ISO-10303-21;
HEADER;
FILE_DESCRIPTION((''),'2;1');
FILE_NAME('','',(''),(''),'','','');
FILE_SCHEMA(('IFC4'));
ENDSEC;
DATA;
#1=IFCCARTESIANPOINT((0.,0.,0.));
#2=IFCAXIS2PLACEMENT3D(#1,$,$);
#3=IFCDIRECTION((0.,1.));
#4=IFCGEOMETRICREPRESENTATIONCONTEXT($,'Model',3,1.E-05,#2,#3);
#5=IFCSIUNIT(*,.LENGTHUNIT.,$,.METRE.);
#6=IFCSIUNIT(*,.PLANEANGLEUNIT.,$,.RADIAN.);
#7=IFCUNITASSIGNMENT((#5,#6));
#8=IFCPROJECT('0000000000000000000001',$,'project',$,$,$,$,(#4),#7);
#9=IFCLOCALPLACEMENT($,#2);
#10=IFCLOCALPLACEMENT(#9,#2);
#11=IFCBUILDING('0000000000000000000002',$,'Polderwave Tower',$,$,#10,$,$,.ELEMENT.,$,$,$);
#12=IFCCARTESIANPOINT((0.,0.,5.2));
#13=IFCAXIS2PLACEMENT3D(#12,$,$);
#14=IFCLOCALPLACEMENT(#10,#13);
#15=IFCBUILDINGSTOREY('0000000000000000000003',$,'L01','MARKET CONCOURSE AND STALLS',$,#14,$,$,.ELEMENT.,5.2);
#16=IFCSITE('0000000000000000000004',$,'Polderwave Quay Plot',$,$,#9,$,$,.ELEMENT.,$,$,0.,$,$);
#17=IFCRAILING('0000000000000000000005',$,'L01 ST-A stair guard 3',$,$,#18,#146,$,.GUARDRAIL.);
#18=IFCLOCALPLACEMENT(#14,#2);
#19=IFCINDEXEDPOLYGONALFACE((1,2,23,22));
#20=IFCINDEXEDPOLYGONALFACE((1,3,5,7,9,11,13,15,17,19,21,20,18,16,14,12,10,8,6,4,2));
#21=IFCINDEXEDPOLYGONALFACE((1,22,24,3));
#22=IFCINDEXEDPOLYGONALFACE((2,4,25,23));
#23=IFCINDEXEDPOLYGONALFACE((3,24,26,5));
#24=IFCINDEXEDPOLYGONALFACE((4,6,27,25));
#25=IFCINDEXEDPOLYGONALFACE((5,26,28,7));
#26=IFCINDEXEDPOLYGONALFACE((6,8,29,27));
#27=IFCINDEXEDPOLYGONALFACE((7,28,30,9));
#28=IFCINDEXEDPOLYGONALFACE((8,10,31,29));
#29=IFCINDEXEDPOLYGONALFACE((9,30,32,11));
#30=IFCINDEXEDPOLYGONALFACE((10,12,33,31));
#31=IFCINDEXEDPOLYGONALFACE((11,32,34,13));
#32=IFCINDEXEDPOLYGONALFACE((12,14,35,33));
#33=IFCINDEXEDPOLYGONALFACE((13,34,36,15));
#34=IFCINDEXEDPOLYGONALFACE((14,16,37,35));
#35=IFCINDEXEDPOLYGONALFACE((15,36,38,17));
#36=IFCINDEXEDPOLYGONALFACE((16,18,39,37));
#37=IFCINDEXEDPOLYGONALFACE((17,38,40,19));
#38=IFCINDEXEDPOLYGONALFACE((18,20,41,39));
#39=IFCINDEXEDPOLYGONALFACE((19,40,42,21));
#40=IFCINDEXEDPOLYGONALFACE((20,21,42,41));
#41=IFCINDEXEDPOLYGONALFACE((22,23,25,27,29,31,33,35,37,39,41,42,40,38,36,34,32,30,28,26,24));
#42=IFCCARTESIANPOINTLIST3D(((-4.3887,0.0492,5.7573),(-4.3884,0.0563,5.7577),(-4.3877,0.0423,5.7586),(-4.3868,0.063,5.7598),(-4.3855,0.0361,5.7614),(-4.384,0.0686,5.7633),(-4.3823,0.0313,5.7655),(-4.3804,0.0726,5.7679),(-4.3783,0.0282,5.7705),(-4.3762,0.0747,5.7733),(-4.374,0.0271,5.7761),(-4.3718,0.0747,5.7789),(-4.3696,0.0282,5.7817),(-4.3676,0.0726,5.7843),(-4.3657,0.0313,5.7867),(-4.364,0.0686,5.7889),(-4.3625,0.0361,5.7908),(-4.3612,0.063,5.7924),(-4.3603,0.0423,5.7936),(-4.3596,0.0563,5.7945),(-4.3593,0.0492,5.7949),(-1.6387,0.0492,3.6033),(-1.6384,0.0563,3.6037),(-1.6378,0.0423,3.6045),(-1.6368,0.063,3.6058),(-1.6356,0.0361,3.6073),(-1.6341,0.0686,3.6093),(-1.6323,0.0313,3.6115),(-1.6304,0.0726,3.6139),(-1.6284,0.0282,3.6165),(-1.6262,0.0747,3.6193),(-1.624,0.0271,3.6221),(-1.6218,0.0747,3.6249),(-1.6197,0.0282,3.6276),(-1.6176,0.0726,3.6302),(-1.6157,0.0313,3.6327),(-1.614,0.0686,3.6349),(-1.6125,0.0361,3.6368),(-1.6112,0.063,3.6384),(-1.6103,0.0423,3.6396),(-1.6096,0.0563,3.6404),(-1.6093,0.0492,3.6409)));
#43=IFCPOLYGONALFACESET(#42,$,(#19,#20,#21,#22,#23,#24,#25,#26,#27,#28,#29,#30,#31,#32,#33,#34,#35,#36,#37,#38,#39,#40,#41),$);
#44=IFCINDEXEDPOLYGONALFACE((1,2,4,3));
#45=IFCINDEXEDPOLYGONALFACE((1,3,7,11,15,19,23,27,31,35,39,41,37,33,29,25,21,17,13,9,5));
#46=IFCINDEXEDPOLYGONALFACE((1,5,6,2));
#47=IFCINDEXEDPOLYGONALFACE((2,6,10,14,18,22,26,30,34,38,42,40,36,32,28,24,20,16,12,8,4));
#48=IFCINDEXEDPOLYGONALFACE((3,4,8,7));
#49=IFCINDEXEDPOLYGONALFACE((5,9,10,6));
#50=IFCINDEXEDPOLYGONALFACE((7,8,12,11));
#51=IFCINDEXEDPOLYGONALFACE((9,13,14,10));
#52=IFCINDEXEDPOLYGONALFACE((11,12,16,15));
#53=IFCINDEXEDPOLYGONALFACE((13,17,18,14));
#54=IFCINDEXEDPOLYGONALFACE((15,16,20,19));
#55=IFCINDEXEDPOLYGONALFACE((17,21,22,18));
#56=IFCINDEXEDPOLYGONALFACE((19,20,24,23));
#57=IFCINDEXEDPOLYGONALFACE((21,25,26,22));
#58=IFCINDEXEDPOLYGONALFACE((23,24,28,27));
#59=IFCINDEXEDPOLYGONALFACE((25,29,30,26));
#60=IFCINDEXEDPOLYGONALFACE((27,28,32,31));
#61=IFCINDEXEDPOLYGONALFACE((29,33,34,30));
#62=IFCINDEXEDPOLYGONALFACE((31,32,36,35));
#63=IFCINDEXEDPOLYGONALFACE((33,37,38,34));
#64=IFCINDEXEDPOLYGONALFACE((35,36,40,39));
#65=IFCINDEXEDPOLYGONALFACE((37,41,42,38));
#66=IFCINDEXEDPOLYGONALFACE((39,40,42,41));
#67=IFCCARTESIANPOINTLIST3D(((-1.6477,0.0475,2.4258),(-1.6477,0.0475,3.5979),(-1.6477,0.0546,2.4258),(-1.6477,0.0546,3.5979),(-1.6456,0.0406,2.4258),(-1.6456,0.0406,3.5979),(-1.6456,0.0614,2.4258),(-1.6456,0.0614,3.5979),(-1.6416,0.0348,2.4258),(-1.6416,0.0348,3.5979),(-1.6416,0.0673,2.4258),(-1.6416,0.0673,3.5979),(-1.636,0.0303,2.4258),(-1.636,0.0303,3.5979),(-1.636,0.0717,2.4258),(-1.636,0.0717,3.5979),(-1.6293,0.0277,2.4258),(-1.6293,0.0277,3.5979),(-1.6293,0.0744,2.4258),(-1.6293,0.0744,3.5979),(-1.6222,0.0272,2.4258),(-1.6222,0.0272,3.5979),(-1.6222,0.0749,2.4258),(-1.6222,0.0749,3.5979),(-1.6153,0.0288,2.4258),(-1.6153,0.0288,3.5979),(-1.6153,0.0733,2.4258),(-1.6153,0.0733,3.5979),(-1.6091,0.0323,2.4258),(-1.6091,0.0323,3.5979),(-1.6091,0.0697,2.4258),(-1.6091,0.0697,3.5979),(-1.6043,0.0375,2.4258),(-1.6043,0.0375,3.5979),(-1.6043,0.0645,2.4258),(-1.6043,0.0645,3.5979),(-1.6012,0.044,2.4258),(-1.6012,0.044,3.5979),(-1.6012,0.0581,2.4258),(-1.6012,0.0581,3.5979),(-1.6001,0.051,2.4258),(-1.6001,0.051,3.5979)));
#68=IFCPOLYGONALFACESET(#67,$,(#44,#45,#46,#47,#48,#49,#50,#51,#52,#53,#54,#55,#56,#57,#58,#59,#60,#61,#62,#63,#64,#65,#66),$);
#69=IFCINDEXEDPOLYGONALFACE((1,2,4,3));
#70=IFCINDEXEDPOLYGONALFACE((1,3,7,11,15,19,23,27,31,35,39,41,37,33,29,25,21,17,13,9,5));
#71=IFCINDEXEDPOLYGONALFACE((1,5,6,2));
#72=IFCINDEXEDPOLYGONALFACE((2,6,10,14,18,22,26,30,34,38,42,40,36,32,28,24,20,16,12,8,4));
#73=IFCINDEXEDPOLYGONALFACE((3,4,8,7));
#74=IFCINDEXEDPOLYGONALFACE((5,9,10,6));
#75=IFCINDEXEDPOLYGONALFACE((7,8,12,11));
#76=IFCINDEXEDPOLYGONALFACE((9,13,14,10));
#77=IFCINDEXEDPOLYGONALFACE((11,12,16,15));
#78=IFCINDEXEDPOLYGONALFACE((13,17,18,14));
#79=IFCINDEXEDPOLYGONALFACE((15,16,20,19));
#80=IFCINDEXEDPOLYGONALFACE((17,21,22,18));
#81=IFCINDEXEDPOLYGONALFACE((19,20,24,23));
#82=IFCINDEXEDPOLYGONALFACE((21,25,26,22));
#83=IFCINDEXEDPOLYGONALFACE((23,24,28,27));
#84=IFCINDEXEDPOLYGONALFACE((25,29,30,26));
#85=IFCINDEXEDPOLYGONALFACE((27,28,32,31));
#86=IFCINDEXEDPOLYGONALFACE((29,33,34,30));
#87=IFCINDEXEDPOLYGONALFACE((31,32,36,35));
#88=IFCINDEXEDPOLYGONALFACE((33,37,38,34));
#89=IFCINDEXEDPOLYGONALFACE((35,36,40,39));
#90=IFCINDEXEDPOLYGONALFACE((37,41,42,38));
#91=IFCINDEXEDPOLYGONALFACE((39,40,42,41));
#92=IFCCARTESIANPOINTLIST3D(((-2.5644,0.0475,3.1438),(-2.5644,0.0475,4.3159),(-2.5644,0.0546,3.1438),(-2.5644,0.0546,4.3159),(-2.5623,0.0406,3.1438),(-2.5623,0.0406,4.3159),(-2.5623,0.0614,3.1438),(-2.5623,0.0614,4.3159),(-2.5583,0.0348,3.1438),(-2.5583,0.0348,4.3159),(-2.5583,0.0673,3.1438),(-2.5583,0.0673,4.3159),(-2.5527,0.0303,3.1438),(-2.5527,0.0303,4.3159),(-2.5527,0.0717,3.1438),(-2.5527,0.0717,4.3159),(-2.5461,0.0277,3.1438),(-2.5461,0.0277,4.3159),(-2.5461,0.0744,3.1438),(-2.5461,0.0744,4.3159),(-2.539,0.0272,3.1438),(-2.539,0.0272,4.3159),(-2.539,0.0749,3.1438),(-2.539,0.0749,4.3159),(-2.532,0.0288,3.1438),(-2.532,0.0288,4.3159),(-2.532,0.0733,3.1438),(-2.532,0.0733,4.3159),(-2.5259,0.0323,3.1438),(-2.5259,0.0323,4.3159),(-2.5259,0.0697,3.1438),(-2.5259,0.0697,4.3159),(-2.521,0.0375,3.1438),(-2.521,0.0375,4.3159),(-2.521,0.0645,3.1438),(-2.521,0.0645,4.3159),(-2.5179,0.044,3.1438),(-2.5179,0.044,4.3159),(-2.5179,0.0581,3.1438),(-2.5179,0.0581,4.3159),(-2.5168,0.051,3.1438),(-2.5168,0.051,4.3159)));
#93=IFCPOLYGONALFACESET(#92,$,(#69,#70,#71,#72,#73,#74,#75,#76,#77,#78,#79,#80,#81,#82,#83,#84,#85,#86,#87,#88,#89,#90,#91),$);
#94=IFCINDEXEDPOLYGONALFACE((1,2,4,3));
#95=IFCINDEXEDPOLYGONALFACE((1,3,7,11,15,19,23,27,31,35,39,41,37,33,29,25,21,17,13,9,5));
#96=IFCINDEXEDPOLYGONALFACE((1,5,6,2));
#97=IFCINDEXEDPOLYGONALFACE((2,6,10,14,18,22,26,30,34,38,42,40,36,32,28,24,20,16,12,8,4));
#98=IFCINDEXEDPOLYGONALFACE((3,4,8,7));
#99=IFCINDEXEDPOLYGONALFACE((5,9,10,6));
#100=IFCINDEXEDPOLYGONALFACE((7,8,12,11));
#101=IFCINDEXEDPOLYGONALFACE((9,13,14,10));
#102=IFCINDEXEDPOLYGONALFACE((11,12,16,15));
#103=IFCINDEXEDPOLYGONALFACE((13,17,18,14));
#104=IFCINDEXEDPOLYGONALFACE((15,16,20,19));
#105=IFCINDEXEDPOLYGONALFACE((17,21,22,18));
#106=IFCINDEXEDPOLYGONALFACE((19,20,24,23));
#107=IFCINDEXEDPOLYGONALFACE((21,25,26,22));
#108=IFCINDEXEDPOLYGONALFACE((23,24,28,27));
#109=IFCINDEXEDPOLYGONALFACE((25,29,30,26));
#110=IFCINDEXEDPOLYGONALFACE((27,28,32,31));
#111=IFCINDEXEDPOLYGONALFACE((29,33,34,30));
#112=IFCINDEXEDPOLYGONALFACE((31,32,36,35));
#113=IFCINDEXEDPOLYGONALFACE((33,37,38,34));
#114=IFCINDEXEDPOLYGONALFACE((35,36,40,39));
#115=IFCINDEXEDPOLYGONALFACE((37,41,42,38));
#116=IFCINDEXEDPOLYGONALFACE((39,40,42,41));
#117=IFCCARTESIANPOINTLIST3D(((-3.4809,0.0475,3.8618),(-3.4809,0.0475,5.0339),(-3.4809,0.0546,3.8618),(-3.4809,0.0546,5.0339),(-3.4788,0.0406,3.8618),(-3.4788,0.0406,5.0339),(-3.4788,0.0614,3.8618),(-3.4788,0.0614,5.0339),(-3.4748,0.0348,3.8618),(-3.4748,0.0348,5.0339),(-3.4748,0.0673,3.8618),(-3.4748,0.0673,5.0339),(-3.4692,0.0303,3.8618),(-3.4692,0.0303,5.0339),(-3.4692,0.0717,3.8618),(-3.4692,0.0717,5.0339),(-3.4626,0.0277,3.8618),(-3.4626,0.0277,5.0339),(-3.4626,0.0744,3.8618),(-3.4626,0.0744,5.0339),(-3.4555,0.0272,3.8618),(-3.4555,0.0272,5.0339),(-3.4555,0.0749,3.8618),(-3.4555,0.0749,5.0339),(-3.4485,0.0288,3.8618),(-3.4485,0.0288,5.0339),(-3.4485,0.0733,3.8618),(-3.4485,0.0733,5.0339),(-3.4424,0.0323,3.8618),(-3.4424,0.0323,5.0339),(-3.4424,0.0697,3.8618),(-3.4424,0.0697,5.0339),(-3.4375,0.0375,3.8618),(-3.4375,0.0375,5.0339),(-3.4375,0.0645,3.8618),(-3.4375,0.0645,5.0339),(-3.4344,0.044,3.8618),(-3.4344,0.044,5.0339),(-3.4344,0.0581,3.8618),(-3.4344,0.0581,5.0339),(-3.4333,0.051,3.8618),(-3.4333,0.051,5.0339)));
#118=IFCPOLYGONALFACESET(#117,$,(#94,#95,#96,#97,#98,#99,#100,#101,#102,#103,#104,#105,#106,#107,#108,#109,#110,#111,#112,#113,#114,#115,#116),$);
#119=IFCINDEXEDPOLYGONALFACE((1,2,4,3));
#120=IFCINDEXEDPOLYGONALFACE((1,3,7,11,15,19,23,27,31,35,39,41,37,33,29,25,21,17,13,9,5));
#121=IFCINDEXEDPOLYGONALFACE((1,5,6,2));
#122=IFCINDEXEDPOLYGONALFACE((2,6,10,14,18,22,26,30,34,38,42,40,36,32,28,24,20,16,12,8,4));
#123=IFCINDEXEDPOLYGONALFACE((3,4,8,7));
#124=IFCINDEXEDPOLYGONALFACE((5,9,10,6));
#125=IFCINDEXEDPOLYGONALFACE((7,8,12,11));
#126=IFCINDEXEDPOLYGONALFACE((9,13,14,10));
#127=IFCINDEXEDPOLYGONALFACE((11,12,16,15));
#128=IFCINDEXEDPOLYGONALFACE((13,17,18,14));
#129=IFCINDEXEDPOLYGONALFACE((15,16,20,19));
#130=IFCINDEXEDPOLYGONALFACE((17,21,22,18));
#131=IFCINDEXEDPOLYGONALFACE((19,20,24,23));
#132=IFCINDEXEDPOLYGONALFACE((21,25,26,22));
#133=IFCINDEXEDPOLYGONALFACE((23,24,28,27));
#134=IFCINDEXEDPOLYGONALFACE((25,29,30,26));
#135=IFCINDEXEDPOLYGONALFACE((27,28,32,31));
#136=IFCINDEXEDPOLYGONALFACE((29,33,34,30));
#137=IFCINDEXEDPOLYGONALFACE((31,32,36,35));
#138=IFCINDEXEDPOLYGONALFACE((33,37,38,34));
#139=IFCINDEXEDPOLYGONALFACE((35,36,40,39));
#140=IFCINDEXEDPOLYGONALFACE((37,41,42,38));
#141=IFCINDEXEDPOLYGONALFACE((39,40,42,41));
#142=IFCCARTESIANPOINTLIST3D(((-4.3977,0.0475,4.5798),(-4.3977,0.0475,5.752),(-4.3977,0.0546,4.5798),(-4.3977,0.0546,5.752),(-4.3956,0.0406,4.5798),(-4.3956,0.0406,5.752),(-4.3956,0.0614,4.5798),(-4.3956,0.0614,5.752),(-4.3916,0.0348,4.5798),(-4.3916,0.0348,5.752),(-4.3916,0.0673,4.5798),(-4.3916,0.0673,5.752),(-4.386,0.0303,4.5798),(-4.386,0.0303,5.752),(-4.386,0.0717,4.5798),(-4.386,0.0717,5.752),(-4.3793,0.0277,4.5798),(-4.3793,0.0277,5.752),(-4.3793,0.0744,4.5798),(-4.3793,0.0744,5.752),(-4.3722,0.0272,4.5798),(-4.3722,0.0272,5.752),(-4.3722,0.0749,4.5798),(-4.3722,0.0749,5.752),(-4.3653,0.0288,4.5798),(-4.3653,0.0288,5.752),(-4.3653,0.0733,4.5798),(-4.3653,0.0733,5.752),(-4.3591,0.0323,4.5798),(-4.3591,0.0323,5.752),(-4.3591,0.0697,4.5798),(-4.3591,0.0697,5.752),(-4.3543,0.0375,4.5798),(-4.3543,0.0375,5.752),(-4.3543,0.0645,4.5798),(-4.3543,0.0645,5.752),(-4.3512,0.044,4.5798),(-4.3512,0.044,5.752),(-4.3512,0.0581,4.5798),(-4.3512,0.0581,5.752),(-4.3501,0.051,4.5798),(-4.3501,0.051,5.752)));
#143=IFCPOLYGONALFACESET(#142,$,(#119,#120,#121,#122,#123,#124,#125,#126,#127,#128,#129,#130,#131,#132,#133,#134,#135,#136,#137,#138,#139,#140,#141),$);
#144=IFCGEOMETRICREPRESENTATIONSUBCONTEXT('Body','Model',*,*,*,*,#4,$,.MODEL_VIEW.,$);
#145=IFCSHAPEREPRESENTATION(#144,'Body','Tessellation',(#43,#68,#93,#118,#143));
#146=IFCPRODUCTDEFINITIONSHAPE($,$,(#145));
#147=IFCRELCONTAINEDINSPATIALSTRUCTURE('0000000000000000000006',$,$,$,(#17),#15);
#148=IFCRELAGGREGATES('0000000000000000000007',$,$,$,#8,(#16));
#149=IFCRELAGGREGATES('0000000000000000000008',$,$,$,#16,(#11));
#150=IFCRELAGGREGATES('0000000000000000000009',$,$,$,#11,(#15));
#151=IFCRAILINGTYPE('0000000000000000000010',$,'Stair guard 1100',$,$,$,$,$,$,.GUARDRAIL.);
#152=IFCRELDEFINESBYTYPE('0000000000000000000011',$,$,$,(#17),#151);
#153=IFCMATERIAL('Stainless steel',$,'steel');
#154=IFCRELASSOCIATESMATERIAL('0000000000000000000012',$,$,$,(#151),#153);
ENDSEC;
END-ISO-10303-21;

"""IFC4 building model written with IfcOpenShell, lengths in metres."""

from ifc_helpers import new_model, si_unit, direction, frame, origin, origin_2d, place, context, subcontext, project, spatial, circle, extrude, material, type_object, element, save


model = new_model("IFC4")

# Units and contexts
model_context = context("Model", 3, precision=1e-05, world=origin(), true_north=direction((0.0, 1.0)))
body_context = subcontext(model_context, "Body", "Model", "MODEL_VIEW")
ifc_project = project(units=[si_unit("LENGTHUNIT", "METRE"), si_unit("PLANEANGLEUNIT", "RADIAN")], contexts=[model_context])

# Site, building, storey
site_placement = place(None, origin())
site = spatial("IfcSite", under=ifc_project, at=site_placement, Name="Polderwave Quay Plot", CompositionType="ELEMENT", RefElevation=0.0)
building_placement = place(site_placement, origin())
building = spatial("IfcBuilding", under=site, at=building_placement, Name="Polderwave Tower", CompositionType="ELEMENT")
storey_placement = place(building_placement, frame((0.0, 0.0, 5.2)))
storey = spatial("IfcBuildingStorey", under=building, at=storey_placement, Name="L01", Description="MARKET CONCOURSE AND STALLS", CompositionType="ELEMENT", Elevation=5.2)

# Railing
ifc_material_1 = material(Name="Stainless steel", Category="steel")
railing_type_1 = type_object("IfcRailingType", Name="Stair guard 1100", PredefinedType="GUARDRAIL", material=ifc_material_1)
railing_1_placement = place(storey_placement, frame((-1.624, 0.051, 2.4258)))
element("IfcRailing", 1, at=railing_1_placement, inside=storey, type_object=railing_type_1, Name="L01 ST-A stair guard 3", PredefinedType="GUARDRAIL", context=body_context, shape_type="SweptSolid", body=[
    extrude(circle(Radius=0.0239, at=origin_2d()), frame((0.0, 0.0, 1.1963), z_axis=(-0.787244, 0.0, 0.616642), x_axis=(0.0, -1.0, 0.0)), (0.0, 0.0, 1.0), 3.4932),
    extrude(circle(Radius=0.0239, at=origin_2d()), origin(), (0.0, 0.0, 1.0), 1.1721),
    extrude(circle(Radius=0.0239, at=origin_2d()), frame((-0.9167, 0.0, 0.718)), (0.0, 0.0, 1.0), 1.1721),
    extrude(circle(Radius=0.0239, at=origin_2d()), frame((-1.8333, 0.0, 1.436)), (0.0, 0.0, 1.0), 1.1721),
    extrude(circle(Radius=0.0239, at=origin_2d()), frame((-2.75, 0.0, 2.1541)), (0.0, 0.0, 1.0), 1.1721),
])

save(model, "model.ifc")
